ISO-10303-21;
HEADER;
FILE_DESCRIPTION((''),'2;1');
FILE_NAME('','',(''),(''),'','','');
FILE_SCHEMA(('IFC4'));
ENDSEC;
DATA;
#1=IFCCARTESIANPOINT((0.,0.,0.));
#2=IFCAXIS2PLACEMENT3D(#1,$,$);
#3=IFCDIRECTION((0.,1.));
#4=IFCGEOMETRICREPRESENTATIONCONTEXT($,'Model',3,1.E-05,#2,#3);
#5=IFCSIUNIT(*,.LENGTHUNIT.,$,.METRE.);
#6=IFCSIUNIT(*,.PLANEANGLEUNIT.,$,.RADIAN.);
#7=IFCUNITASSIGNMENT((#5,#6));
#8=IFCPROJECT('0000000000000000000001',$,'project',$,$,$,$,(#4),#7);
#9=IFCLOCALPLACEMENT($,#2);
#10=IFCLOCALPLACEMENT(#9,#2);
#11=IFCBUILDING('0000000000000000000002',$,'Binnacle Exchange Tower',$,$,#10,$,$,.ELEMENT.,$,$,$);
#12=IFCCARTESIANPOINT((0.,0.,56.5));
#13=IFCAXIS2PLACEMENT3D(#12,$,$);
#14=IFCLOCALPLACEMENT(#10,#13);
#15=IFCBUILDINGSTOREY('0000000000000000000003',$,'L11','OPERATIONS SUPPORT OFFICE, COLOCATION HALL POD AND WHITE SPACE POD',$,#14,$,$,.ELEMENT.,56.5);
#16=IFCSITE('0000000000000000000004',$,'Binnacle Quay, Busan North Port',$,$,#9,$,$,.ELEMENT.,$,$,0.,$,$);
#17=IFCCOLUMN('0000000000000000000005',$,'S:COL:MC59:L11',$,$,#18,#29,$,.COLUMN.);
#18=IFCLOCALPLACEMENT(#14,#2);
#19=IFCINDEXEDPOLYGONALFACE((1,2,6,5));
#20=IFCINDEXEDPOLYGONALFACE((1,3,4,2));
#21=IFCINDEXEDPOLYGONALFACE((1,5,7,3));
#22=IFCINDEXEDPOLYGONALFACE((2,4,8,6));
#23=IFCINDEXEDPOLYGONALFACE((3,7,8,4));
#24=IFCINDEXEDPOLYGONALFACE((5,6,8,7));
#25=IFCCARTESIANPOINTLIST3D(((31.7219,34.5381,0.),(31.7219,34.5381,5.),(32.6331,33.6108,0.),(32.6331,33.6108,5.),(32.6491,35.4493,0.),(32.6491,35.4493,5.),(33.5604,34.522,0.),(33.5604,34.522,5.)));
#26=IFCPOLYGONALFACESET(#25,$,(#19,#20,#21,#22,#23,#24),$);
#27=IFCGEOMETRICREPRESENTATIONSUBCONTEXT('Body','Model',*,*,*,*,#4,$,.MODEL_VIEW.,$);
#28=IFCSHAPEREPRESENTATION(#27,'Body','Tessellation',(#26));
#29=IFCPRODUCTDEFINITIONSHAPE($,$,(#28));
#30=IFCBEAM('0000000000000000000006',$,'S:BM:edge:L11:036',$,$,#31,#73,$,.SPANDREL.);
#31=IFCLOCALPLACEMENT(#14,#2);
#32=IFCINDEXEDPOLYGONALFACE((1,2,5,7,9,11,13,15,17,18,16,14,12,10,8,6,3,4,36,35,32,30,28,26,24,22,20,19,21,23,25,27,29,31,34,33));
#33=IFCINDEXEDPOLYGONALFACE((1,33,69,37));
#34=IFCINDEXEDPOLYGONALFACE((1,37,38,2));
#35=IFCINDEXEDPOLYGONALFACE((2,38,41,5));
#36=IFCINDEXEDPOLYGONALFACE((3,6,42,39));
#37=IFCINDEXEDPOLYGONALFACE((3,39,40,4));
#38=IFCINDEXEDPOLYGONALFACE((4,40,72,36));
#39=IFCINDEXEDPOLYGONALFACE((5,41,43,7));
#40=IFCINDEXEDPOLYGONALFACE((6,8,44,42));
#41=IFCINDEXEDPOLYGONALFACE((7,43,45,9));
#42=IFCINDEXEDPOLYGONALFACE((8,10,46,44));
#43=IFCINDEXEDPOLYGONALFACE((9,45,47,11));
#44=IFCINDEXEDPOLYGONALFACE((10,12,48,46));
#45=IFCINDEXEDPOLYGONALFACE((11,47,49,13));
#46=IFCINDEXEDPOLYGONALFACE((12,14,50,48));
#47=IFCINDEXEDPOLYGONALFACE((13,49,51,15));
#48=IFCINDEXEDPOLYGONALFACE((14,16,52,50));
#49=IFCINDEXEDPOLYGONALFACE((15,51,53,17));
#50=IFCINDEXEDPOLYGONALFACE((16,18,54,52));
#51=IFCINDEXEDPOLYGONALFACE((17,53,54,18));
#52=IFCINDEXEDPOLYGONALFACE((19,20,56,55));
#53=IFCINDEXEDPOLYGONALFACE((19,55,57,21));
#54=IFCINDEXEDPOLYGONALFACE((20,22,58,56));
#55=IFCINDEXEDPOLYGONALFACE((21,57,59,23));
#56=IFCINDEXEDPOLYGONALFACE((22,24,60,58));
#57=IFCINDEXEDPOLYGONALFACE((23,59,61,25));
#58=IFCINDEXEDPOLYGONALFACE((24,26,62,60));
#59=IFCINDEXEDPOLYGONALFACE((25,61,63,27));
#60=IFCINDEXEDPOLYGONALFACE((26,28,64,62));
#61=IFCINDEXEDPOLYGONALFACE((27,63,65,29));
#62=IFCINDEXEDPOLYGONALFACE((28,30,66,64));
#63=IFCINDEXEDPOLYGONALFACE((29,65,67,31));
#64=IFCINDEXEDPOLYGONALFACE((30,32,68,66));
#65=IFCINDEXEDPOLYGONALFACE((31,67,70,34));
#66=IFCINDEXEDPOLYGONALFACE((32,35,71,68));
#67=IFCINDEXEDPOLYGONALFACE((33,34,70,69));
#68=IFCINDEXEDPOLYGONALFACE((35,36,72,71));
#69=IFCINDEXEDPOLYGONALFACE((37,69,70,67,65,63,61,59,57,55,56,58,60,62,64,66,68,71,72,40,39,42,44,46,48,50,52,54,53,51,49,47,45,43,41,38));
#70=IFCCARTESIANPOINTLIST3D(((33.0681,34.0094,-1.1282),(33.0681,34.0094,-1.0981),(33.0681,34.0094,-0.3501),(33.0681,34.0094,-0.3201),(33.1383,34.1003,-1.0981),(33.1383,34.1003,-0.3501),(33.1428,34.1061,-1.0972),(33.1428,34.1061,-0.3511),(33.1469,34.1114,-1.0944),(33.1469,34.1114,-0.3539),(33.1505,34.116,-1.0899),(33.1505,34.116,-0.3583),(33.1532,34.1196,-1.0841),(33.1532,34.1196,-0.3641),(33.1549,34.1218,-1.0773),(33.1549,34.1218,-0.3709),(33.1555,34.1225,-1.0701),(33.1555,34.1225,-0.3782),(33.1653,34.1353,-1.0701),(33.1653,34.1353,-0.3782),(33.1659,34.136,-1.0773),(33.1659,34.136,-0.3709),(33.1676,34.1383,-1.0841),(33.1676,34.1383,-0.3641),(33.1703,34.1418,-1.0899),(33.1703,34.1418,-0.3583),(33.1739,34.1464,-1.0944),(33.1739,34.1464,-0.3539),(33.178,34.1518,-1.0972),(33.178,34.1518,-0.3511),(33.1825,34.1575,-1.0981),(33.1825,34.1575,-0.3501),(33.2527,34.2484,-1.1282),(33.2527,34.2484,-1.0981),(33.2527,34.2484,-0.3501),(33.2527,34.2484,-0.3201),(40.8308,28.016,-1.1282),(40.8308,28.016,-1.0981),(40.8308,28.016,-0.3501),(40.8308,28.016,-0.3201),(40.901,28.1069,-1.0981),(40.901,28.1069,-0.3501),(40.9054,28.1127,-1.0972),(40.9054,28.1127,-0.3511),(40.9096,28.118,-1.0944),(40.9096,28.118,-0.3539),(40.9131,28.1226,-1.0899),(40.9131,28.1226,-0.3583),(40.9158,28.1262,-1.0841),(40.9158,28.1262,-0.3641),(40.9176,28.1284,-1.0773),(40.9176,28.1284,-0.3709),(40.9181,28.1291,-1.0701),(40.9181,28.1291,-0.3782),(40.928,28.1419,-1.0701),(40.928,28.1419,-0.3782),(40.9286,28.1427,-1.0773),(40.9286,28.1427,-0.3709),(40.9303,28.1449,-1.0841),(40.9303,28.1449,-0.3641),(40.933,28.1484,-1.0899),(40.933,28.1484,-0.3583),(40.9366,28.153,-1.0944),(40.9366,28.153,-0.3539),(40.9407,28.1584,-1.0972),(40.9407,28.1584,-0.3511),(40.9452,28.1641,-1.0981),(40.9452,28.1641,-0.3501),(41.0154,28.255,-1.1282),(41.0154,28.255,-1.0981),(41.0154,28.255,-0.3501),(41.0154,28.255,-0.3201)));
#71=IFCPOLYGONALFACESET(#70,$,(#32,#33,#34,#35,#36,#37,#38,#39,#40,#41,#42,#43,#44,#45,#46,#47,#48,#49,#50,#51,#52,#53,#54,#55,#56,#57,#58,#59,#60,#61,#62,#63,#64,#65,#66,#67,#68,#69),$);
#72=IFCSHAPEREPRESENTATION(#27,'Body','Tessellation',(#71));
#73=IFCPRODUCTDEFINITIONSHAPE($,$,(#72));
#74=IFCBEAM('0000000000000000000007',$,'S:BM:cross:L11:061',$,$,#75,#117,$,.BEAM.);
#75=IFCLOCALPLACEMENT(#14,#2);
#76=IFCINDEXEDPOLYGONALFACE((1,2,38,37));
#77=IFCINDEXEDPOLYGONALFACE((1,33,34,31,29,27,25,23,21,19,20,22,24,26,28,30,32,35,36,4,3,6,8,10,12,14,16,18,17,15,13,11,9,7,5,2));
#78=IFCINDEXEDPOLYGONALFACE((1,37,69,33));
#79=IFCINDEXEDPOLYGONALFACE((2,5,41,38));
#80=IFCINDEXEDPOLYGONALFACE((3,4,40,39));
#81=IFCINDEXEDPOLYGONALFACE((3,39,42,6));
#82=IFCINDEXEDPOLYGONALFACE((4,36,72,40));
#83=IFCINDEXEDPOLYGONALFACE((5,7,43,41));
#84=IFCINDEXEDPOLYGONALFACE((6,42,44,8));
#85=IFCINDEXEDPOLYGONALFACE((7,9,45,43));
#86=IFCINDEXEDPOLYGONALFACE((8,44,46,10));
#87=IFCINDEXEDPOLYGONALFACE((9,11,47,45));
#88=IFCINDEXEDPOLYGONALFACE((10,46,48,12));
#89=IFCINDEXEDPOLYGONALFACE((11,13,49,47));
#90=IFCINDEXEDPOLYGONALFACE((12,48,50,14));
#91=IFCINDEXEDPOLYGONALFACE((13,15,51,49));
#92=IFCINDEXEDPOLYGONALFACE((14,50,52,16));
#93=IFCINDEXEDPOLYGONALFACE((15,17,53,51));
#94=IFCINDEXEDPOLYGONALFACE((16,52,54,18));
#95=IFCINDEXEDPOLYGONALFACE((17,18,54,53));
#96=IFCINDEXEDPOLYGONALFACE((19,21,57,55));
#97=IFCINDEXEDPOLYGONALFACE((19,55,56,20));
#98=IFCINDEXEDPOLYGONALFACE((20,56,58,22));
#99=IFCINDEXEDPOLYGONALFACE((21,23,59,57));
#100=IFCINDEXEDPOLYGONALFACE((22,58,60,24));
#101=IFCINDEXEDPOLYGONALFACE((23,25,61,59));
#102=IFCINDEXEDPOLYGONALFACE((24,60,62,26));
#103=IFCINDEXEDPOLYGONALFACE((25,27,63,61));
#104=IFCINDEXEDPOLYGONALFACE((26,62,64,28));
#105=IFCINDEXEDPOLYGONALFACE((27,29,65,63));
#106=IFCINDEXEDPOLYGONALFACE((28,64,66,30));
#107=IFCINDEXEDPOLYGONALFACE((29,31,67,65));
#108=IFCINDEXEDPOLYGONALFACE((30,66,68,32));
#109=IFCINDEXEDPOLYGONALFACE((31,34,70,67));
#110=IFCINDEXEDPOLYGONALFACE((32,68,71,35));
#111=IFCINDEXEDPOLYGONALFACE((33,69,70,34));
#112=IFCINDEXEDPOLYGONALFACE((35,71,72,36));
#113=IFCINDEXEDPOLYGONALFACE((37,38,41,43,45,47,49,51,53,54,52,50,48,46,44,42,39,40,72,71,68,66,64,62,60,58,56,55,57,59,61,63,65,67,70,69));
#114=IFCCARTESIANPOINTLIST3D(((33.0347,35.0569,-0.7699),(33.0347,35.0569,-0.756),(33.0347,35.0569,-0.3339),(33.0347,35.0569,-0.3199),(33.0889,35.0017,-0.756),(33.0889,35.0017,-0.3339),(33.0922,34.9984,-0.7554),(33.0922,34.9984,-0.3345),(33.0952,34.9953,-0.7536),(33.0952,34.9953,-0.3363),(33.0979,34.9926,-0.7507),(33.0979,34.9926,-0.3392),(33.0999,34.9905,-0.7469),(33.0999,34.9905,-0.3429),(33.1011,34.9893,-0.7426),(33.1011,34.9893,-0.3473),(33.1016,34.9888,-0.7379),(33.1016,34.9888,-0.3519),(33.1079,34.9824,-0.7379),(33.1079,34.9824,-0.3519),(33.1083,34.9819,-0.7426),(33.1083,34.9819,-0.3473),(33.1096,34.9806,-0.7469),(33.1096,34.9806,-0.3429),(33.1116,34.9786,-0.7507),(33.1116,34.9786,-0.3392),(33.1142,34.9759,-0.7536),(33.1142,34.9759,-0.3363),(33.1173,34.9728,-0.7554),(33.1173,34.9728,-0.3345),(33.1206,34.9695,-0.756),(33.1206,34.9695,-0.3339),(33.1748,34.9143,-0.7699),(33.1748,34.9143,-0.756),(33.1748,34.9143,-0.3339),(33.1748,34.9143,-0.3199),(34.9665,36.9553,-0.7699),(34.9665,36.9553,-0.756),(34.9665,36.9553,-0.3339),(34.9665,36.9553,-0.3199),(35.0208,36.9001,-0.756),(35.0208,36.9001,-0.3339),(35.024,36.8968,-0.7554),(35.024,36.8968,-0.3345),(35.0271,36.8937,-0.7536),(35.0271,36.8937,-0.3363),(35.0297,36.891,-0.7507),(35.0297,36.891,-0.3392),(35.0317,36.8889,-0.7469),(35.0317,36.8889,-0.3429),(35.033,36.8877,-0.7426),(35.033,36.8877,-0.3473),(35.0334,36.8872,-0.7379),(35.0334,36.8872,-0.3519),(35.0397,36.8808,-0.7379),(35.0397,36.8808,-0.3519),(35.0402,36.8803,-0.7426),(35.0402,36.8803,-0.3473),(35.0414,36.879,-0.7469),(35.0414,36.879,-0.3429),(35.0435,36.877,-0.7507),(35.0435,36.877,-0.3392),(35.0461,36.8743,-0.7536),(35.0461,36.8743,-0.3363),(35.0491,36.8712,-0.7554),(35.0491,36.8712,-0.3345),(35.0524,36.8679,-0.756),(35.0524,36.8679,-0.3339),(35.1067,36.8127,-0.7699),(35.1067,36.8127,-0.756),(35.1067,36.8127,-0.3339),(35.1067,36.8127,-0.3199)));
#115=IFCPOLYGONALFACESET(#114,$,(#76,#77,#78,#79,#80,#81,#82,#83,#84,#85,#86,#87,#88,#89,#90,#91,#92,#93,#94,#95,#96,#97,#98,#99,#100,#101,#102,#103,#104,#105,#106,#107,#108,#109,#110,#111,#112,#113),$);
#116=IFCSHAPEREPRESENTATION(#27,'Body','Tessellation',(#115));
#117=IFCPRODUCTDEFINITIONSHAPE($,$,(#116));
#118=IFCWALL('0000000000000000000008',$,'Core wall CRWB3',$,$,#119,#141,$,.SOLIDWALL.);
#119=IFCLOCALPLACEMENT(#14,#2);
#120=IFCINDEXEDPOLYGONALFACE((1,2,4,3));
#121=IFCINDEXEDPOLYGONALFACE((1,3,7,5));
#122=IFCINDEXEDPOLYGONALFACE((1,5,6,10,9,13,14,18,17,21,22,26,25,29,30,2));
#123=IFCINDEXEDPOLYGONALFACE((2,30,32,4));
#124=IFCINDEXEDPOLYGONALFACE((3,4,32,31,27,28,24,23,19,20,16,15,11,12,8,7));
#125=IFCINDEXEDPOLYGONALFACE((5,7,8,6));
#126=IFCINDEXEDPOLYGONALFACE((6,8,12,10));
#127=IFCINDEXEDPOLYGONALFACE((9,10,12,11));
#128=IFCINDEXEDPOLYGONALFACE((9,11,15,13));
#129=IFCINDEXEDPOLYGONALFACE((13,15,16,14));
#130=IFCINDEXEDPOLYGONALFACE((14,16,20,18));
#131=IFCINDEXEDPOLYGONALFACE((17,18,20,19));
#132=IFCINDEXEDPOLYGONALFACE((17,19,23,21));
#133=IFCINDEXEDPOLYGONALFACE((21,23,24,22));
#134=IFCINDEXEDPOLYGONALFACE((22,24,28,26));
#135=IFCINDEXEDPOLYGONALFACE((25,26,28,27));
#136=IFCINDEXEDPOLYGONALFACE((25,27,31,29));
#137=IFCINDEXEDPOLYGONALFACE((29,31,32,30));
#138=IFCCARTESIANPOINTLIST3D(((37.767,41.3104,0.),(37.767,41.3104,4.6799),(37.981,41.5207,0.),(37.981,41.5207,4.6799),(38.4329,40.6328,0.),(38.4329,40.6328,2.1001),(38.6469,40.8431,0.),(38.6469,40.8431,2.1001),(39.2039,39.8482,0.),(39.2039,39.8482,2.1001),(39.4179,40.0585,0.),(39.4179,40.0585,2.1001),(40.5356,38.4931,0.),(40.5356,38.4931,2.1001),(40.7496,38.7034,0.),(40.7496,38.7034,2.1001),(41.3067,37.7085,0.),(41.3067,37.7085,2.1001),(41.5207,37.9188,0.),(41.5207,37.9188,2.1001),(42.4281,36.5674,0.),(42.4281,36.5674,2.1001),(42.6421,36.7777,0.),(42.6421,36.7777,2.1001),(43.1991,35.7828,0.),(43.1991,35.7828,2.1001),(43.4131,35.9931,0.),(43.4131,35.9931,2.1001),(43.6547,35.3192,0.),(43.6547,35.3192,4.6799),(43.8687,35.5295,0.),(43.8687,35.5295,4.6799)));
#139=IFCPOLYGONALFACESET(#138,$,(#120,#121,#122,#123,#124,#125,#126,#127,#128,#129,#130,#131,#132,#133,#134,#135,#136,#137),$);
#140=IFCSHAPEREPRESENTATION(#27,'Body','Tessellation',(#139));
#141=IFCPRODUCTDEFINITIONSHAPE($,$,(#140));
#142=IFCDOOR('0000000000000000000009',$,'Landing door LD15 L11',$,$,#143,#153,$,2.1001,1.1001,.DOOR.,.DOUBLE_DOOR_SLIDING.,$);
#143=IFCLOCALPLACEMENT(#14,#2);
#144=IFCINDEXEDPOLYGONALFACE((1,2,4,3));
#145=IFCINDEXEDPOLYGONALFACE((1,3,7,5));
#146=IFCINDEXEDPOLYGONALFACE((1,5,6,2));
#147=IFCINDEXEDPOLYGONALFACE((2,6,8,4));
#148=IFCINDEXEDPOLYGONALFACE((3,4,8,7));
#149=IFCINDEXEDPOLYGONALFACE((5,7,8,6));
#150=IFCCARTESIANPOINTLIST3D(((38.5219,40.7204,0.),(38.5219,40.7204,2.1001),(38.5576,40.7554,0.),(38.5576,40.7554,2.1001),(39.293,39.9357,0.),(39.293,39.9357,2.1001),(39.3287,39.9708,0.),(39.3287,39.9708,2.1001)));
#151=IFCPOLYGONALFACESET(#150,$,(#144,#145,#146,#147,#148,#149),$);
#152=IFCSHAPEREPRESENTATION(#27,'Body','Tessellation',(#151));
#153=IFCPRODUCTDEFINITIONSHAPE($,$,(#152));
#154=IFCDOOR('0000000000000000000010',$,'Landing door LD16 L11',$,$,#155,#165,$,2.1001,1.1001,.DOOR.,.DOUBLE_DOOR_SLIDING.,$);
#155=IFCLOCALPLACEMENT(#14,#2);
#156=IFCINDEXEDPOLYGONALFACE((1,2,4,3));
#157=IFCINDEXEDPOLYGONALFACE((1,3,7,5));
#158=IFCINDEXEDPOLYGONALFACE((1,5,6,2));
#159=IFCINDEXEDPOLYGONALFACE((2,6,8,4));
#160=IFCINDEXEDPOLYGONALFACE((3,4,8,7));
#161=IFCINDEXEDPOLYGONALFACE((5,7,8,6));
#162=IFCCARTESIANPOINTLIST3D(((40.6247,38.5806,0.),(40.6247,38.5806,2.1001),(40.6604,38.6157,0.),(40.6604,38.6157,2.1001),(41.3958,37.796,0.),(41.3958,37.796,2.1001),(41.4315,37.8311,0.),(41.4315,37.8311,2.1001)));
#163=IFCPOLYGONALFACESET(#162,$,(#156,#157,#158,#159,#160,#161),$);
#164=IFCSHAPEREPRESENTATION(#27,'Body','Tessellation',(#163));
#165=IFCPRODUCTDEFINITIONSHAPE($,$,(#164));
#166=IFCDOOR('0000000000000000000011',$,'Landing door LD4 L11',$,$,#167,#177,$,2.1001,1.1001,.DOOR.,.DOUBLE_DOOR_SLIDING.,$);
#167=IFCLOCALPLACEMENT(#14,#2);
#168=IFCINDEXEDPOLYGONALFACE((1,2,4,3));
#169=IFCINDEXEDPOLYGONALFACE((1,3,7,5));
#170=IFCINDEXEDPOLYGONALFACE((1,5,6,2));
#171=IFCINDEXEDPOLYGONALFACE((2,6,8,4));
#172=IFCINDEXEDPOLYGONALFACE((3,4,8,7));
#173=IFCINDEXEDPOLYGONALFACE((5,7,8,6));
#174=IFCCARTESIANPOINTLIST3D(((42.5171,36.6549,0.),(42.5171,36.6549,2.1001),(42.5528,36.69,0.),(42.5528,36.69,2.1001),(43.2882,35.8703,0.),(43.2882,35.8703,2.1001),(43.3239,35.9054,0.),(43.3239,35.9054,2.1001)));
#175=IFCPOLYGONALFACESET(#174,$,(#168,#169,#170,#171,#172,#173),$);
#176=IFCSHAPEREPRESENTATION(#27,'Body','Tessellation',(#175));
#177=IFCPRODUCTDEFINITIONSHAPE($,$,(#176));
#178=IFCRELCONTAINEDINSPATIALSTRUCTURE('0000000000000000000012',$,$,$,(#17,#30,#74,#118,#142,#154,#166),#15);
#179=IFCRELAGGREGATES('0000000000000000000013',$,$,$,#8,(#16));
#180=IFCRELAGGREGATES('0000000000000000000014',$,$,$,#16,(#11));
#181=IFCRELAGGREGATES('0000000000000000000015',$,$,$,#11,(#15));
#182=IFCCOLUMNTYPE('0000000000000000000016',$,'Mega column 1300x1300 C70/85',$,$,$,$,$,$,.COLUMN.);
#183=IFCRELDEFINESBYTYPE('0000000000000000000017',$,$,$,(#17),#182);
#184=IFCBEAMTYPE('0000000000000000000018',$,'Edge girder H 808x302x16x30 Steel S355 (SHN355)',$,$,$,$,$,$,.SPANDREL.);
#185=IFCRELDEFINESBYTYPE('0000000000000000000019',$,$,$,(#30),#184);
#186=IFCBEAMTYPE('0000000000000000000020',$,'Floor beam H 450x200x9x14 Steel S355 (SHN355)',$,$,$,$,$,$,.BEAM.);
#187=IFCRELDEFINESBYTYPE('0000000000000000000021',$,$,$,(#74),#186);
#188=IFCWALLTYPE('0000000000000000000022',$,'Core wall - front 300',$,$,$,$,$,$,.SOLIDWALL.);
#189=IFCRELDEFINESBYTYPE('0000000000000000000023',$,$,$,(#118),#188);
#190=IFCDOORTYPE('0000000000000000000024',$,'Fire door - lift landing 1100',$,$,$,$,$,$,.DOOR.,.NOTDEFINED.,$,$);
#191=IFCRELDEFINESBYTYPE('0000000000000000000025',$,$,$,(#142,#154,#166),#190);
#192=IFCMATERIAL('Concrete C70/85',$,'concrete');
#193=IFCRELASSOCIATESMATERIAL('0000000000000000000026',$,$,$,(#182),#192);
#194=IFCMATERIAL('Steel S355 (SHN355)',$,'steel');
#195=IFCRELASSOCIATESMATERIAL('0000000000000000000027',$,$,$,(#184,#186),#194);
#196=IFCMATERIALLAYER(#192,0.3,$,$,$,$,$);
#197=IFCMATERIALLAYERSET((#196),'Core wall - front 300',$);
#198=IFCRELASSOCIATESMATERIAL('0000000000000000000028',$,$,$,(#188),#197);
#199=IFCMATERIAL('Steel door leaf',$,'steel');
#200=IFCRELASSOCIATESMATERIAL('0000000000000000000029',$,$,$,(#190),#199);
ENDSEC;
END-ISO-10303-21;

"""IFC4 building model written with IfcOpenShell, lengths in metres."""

from ifc_helpers import new_model, si_unit, direction, frame, frame_2d, origin, origin_2d, place, context, subcontext, project, spatial, rectangle, i_section, extrude, material, layer, layer_set, material_profile, profile_set, type_object, element, fill, save


model = new_model("IFC4")

# Units and contexts
model_context = context("Model", 3, precision=1e-05, world=origin(), true_north=direction((0.0, 1.0)))
body_context = subcontext(model_context, "Body", "Model", "MODEL_VIEW")
ifc_project = project(units=[si_unit("LENGTHUNIT", "METRE"), si_unit("PLANEANGLEUNIT", "RADIAN")], contexts=[model_context])

# Site, building, storey
site_placement = place(None, origin())
site = spatial("IfcSite", under=ifc_project, at=site_placement, Name="Binnacle Quay, Busan North Port", CompositionType="ELEMENT", RefElevation=0.0)
building_placement = place(site_placement, origin())
building = spatial("IfcBuilding", under=site, at=building_placement, Name="Binnacle Exchange Tower", CompositionType="ELEMENT")
storey_placement = place(building_placement, frame((0.0, 0.0, 56.5)))
storey = spatial("IfcBuildingStorey", under=building, at=storey_placement, Name="L11", Description="OPERATIONS SUPPORT OFFICE, COLOCATION HALL POD AND WHITE SPACE POD", CompositionType="ELEMENT", Elevation=56.5)

# Column
ifc_material_1 = material(Name="Concrete C70/85", Category="concrete")
ifc_material_profile_1 = material_profile(ifc_material_1, rectangle(XDim=1.3, YDim=1.3, at=origin_2d()), Name="Mega column 1300x1300 C70/85")
ifc_profile_set_1 = profile_set([ifc_material_profile_1], Name="Concrete C70/85")
column_type = type_object("IfcColumnType", Name="Mega column 1300x1300 C70/85", PredefinedType="COLUMN", material=ifc_profile_set_1)
column_placement = place(storey_placement, frame((32.6411, 34.53, 0.0), z_axis=(0.0, 0.0, 1.0), x_axis=(0.700909, -0.71325, 0.0)))
element("IfcColumn", 1, at=column_placement, inside=storey, type_object=column_type, Name="S:COL:MC59:L11", PredefinedType="COLUMN", context=body_context, shape_type="SweptSolid", body=[
    extrude(rectangle(XDim=1.3, YDim=1.3, at=origin_2d()), origin(), (0.0, 0.0, 1.0), 5.0),
])

# Beams
ifc_material_2 = material(Name="Steel S355 (SHN355)", Category="steel")
ifc_material_profile_2 = material_profile(ifc_material_2, i_section(OverallWidth=0.302, OverallDepth=0.8081, WebThickness=0.0161, FlangeThickness=0.03, FilletRadius=0.0281, at=origin_2d()), Name="H 808x302x16x30")
ifc_profile_set_2 = profile_set([ifc_material_profile_2], Name="Steel S355 (SHN355)")
beam_type_1 = type_object("IfcBeamType", Name="Edge girder H 808x302x16x30 Steel S355 (SHN355)", PredefinedType="SPANDREL", material=ifc_profile_set_2)
beam_1_placement = place(storey_placement, frame((33.1604, 34.1289, -0.7241), z_axis=(0.791533, -0.611126, 0.0), x_axis=(0.611126, 0.791533, 0.0)))
element("IfcBeam", 2, at=beam_1_placement, inside=storey, type_object=beam_type_1, Name="S:BM:edge:L11:036", PredefinedType="SPANDREL", context=body_context, shape_type="SweptSolid", body=[
    extrude(i_section(OverallWidth=0.302, OverallDepth=0.8081, WebThickness=0.0161, FlangeThickness=0.03, FilletRadius=0.0281, at=origin_2d()), origin(), (0.0, 0.0, 1.0), 9.8071),
])
ifc_material_profile_3 = material_profile(ifc_material_2, i_section(OverallWidth=0.2, OverallDepth=0.45, WebThickness=0.009, FlangeThickness=0.0139, FilletRadius=0.0181, at=origin_2d()), Name="H 450x200x9x14")
ifc_profile_set_3 = profile_set([ifc_material_profile_3], Name="Steel S355 (SHN355)")
beam_type_2 = type_object("IfcBeamType", Name="Floor beam H 450x200x9x14 Steel S355 (SHN355)", PredefinedType="BEAM", material=ifc_profile_set_3)
beam_2_placement = place(storey_placement, frame((33.1047, 34.9856, -0.5449), z_axis=(0.713254, 0.700905, 0.0), x_axis=(-0.700905, 0.713254, 0.0)))
element("IfcBeam", 3, at=beam_2_placement, inside=storey, type_object=beam_type_2, Name="S:BM:cross:L11:061", PredefinedType="BEAM", context=body_context, shape_type="SweptSolid", body=[
    extrude(i_section(OverallWidth=0.2, OverallDepth=0.45, WebThickness=0.009, FlangeThickness=0.0139, FilletRadius=0.0181, at=origin_2d()), origin(), (0.0, 0.0, 1.0), 2.7085),
])

# Wall, openings, doors
ifc_layer_1 = layer(ifc_material_1, 0.3)
ifc_layer_set_1 = layer_set([ifc_layer_1], Name="Core wall - front 300")
wall_type_1 = type_object("IfcWallType", Name="Core wall - front 300", PredefinedType="SOLIDWALL", material=ifc_layer_set_1)
wall_1_placement = place(storey_placement, frame((37.874, 41.4155, 0.0), z_axis=(0.0, 0.0, 1.0), x_axis=(0.700918, -0.713242, 0.0)))
wall_1 = element("IfcWall", 4, at=wall_1_placement, inside=storey, type_object=wall_type_1, Name="Core wall CRWB3", PredefinedType="SOLIDWALL", context=body_context, shape_type="SweptSolid", body=[
    extrude(rectangle(XDim=8.3999, YDim=0.3, at=frame_2d((4.2, 0.0))), origin(), (0.0, 0.0, 1.0), 4.6799),
])
opening_1_placement = place(wall_1_placement, frame((0.95, 0.0, 0.0)))
opening_1 = element("IfcOpeningElement", 5, at=opening_1_placement, cuts=wall_1, PredefinedType="OPENING", context=body_context, shape_type="SweptSolid", body=[
    extrude(rectangle(XDim=1.1001, YDim=2.1001, at=frame_2d((0.55, 1.05))), frame((0.0, 0.1599, 0.0), z_axis=(0.0, -1.0, 0.0), x_axis=(1.0, 0.0, 0.0)), (0.0, 0.0, 1.0), 0.3201),
])
opening_2_placement = place(wall_1_placement, frame((3.95, 0.0, 0.0)))
opening_2 = element("IfcOpeningElement", 6, at=opening_2_placement, cuts=wall_1, PredefinedType="OPENING", context=body_context, shape_type="SweptSolid", body=[
    extrude(rectangle(XDim=1.1001, YDim=2.1001, at=frame_2d((0.55, 1.05))), frame((0.0, 0.1599, 0.0), z_axis=(0.0, -1.0, 0.0), x_axis=(1.0, 0.0, 0.0)), (0.0, 0.0, 1.0), 0.3201),
])
opening_3_placement = place(wall_1_placement, frame((6.6499, 0.0, 0.0)))
opening_3 = element("IfcOpeningElement", 7, at=opening_3_placement, cuts=wall_1, PredefinedType="OPENING", context=body_context, shape_type="SweptSolid", body=[
    extrude(rectangle(XDim=1.1001, YDim=2.1001, at=frame_2d((0.55, 1.05))), frame((0.0, 0.1599, 0.0), z_axis=(0.0, -1.0, 0.0), x_axis=(1.0, 0.0, 0.0)), (0.0, 0.0, 1.0), 0.3201),
])
ifc_material_3 = material(Name="Steel door leaf", Category="steel")
door_type_1 = type_object("IfcDoorType", Name="Fire door - lift landing 1100", OperationType="NOTDEFINED", PredefinedType="DOOR", material=ifc_material_3)
door_1_placement = place(opening_1_placement, origin())
door_1 = element("IfcDoor", 8, at=door_1_placement, inside=storey, type_object=door_type_1, Name="Landing door LD15 L11", OperationType="DOUBLE_DOOR_SLIDING", OverallHeight=2.1001, OverallWidth=1.1001, PredefinedType="DOOR", context=body_context, shape_type="SweptSolid", body=[
    extrude(rectangle(XDim=1.1001, YDim=2.1001, at=frame_2d((0.55, 1.05))), frame((0.0, 0.0249, 0.0), z_axis=(0.0, -1.0, 0.0), x_axis=(1.0, 0.0, 0.0)), (0.0, 0.0, 1.0), 0.05),
])
fill(opening_1, door_1)
door_2_placement = place(opening_2_placement, origin())
door_2 = element("IfcDoor", 9, at=door_2_placement, inside=storey, type_object=door_type_1, Name="Landing door LD16 L11", OperationType="DOUBLE_DOOR_SLIDING", OverallHeight=2.1001, OverallWidth=1.1001, PredefinedType="DOOR", context=body_context, shape_type="SweptSolid", body=[
    extrude(rectangle(XDim=1.1001, YDim=2.1001, at=frame_2d((0.55, 1.05))), frame((0.0, 0.0249, 0.0), z_axis=(0.0, -1.0, 0.0), x_axis=(1.0, 0.0, 0.0)), (0.0, 0.0, 1.0), 0.05),
])
fill(opening_2, door_2)
door_3_placement = place(opening_3_placement, origin())
door_3 = element("IfcDoor", 10, at=door_3_placement, inside=storey, type_object=door_type_1, Name="Landing door LD4 L11", OperationType="DOUBLE_DOOR_SLIDING", OverallHeight=2.1001, OverallWidth=1.1001, PredefinedType="DOOR", context=body_context, shape_type="SweptSolid", body=[
    extrude(rectangle(XDim=1.1001, YDim=2.1001, at=frame_2d((0.55, 1.05))), frame((0.0, 0.0249, 0.0), z_axis=(0.0, -1.0, 0.0), x_axis=(1.0, 0.0, 0.0)), (0.0, 0.0, 1.0), 0.05),
])
fill(opening_3, door_3)

save(model, "model.ifc")
